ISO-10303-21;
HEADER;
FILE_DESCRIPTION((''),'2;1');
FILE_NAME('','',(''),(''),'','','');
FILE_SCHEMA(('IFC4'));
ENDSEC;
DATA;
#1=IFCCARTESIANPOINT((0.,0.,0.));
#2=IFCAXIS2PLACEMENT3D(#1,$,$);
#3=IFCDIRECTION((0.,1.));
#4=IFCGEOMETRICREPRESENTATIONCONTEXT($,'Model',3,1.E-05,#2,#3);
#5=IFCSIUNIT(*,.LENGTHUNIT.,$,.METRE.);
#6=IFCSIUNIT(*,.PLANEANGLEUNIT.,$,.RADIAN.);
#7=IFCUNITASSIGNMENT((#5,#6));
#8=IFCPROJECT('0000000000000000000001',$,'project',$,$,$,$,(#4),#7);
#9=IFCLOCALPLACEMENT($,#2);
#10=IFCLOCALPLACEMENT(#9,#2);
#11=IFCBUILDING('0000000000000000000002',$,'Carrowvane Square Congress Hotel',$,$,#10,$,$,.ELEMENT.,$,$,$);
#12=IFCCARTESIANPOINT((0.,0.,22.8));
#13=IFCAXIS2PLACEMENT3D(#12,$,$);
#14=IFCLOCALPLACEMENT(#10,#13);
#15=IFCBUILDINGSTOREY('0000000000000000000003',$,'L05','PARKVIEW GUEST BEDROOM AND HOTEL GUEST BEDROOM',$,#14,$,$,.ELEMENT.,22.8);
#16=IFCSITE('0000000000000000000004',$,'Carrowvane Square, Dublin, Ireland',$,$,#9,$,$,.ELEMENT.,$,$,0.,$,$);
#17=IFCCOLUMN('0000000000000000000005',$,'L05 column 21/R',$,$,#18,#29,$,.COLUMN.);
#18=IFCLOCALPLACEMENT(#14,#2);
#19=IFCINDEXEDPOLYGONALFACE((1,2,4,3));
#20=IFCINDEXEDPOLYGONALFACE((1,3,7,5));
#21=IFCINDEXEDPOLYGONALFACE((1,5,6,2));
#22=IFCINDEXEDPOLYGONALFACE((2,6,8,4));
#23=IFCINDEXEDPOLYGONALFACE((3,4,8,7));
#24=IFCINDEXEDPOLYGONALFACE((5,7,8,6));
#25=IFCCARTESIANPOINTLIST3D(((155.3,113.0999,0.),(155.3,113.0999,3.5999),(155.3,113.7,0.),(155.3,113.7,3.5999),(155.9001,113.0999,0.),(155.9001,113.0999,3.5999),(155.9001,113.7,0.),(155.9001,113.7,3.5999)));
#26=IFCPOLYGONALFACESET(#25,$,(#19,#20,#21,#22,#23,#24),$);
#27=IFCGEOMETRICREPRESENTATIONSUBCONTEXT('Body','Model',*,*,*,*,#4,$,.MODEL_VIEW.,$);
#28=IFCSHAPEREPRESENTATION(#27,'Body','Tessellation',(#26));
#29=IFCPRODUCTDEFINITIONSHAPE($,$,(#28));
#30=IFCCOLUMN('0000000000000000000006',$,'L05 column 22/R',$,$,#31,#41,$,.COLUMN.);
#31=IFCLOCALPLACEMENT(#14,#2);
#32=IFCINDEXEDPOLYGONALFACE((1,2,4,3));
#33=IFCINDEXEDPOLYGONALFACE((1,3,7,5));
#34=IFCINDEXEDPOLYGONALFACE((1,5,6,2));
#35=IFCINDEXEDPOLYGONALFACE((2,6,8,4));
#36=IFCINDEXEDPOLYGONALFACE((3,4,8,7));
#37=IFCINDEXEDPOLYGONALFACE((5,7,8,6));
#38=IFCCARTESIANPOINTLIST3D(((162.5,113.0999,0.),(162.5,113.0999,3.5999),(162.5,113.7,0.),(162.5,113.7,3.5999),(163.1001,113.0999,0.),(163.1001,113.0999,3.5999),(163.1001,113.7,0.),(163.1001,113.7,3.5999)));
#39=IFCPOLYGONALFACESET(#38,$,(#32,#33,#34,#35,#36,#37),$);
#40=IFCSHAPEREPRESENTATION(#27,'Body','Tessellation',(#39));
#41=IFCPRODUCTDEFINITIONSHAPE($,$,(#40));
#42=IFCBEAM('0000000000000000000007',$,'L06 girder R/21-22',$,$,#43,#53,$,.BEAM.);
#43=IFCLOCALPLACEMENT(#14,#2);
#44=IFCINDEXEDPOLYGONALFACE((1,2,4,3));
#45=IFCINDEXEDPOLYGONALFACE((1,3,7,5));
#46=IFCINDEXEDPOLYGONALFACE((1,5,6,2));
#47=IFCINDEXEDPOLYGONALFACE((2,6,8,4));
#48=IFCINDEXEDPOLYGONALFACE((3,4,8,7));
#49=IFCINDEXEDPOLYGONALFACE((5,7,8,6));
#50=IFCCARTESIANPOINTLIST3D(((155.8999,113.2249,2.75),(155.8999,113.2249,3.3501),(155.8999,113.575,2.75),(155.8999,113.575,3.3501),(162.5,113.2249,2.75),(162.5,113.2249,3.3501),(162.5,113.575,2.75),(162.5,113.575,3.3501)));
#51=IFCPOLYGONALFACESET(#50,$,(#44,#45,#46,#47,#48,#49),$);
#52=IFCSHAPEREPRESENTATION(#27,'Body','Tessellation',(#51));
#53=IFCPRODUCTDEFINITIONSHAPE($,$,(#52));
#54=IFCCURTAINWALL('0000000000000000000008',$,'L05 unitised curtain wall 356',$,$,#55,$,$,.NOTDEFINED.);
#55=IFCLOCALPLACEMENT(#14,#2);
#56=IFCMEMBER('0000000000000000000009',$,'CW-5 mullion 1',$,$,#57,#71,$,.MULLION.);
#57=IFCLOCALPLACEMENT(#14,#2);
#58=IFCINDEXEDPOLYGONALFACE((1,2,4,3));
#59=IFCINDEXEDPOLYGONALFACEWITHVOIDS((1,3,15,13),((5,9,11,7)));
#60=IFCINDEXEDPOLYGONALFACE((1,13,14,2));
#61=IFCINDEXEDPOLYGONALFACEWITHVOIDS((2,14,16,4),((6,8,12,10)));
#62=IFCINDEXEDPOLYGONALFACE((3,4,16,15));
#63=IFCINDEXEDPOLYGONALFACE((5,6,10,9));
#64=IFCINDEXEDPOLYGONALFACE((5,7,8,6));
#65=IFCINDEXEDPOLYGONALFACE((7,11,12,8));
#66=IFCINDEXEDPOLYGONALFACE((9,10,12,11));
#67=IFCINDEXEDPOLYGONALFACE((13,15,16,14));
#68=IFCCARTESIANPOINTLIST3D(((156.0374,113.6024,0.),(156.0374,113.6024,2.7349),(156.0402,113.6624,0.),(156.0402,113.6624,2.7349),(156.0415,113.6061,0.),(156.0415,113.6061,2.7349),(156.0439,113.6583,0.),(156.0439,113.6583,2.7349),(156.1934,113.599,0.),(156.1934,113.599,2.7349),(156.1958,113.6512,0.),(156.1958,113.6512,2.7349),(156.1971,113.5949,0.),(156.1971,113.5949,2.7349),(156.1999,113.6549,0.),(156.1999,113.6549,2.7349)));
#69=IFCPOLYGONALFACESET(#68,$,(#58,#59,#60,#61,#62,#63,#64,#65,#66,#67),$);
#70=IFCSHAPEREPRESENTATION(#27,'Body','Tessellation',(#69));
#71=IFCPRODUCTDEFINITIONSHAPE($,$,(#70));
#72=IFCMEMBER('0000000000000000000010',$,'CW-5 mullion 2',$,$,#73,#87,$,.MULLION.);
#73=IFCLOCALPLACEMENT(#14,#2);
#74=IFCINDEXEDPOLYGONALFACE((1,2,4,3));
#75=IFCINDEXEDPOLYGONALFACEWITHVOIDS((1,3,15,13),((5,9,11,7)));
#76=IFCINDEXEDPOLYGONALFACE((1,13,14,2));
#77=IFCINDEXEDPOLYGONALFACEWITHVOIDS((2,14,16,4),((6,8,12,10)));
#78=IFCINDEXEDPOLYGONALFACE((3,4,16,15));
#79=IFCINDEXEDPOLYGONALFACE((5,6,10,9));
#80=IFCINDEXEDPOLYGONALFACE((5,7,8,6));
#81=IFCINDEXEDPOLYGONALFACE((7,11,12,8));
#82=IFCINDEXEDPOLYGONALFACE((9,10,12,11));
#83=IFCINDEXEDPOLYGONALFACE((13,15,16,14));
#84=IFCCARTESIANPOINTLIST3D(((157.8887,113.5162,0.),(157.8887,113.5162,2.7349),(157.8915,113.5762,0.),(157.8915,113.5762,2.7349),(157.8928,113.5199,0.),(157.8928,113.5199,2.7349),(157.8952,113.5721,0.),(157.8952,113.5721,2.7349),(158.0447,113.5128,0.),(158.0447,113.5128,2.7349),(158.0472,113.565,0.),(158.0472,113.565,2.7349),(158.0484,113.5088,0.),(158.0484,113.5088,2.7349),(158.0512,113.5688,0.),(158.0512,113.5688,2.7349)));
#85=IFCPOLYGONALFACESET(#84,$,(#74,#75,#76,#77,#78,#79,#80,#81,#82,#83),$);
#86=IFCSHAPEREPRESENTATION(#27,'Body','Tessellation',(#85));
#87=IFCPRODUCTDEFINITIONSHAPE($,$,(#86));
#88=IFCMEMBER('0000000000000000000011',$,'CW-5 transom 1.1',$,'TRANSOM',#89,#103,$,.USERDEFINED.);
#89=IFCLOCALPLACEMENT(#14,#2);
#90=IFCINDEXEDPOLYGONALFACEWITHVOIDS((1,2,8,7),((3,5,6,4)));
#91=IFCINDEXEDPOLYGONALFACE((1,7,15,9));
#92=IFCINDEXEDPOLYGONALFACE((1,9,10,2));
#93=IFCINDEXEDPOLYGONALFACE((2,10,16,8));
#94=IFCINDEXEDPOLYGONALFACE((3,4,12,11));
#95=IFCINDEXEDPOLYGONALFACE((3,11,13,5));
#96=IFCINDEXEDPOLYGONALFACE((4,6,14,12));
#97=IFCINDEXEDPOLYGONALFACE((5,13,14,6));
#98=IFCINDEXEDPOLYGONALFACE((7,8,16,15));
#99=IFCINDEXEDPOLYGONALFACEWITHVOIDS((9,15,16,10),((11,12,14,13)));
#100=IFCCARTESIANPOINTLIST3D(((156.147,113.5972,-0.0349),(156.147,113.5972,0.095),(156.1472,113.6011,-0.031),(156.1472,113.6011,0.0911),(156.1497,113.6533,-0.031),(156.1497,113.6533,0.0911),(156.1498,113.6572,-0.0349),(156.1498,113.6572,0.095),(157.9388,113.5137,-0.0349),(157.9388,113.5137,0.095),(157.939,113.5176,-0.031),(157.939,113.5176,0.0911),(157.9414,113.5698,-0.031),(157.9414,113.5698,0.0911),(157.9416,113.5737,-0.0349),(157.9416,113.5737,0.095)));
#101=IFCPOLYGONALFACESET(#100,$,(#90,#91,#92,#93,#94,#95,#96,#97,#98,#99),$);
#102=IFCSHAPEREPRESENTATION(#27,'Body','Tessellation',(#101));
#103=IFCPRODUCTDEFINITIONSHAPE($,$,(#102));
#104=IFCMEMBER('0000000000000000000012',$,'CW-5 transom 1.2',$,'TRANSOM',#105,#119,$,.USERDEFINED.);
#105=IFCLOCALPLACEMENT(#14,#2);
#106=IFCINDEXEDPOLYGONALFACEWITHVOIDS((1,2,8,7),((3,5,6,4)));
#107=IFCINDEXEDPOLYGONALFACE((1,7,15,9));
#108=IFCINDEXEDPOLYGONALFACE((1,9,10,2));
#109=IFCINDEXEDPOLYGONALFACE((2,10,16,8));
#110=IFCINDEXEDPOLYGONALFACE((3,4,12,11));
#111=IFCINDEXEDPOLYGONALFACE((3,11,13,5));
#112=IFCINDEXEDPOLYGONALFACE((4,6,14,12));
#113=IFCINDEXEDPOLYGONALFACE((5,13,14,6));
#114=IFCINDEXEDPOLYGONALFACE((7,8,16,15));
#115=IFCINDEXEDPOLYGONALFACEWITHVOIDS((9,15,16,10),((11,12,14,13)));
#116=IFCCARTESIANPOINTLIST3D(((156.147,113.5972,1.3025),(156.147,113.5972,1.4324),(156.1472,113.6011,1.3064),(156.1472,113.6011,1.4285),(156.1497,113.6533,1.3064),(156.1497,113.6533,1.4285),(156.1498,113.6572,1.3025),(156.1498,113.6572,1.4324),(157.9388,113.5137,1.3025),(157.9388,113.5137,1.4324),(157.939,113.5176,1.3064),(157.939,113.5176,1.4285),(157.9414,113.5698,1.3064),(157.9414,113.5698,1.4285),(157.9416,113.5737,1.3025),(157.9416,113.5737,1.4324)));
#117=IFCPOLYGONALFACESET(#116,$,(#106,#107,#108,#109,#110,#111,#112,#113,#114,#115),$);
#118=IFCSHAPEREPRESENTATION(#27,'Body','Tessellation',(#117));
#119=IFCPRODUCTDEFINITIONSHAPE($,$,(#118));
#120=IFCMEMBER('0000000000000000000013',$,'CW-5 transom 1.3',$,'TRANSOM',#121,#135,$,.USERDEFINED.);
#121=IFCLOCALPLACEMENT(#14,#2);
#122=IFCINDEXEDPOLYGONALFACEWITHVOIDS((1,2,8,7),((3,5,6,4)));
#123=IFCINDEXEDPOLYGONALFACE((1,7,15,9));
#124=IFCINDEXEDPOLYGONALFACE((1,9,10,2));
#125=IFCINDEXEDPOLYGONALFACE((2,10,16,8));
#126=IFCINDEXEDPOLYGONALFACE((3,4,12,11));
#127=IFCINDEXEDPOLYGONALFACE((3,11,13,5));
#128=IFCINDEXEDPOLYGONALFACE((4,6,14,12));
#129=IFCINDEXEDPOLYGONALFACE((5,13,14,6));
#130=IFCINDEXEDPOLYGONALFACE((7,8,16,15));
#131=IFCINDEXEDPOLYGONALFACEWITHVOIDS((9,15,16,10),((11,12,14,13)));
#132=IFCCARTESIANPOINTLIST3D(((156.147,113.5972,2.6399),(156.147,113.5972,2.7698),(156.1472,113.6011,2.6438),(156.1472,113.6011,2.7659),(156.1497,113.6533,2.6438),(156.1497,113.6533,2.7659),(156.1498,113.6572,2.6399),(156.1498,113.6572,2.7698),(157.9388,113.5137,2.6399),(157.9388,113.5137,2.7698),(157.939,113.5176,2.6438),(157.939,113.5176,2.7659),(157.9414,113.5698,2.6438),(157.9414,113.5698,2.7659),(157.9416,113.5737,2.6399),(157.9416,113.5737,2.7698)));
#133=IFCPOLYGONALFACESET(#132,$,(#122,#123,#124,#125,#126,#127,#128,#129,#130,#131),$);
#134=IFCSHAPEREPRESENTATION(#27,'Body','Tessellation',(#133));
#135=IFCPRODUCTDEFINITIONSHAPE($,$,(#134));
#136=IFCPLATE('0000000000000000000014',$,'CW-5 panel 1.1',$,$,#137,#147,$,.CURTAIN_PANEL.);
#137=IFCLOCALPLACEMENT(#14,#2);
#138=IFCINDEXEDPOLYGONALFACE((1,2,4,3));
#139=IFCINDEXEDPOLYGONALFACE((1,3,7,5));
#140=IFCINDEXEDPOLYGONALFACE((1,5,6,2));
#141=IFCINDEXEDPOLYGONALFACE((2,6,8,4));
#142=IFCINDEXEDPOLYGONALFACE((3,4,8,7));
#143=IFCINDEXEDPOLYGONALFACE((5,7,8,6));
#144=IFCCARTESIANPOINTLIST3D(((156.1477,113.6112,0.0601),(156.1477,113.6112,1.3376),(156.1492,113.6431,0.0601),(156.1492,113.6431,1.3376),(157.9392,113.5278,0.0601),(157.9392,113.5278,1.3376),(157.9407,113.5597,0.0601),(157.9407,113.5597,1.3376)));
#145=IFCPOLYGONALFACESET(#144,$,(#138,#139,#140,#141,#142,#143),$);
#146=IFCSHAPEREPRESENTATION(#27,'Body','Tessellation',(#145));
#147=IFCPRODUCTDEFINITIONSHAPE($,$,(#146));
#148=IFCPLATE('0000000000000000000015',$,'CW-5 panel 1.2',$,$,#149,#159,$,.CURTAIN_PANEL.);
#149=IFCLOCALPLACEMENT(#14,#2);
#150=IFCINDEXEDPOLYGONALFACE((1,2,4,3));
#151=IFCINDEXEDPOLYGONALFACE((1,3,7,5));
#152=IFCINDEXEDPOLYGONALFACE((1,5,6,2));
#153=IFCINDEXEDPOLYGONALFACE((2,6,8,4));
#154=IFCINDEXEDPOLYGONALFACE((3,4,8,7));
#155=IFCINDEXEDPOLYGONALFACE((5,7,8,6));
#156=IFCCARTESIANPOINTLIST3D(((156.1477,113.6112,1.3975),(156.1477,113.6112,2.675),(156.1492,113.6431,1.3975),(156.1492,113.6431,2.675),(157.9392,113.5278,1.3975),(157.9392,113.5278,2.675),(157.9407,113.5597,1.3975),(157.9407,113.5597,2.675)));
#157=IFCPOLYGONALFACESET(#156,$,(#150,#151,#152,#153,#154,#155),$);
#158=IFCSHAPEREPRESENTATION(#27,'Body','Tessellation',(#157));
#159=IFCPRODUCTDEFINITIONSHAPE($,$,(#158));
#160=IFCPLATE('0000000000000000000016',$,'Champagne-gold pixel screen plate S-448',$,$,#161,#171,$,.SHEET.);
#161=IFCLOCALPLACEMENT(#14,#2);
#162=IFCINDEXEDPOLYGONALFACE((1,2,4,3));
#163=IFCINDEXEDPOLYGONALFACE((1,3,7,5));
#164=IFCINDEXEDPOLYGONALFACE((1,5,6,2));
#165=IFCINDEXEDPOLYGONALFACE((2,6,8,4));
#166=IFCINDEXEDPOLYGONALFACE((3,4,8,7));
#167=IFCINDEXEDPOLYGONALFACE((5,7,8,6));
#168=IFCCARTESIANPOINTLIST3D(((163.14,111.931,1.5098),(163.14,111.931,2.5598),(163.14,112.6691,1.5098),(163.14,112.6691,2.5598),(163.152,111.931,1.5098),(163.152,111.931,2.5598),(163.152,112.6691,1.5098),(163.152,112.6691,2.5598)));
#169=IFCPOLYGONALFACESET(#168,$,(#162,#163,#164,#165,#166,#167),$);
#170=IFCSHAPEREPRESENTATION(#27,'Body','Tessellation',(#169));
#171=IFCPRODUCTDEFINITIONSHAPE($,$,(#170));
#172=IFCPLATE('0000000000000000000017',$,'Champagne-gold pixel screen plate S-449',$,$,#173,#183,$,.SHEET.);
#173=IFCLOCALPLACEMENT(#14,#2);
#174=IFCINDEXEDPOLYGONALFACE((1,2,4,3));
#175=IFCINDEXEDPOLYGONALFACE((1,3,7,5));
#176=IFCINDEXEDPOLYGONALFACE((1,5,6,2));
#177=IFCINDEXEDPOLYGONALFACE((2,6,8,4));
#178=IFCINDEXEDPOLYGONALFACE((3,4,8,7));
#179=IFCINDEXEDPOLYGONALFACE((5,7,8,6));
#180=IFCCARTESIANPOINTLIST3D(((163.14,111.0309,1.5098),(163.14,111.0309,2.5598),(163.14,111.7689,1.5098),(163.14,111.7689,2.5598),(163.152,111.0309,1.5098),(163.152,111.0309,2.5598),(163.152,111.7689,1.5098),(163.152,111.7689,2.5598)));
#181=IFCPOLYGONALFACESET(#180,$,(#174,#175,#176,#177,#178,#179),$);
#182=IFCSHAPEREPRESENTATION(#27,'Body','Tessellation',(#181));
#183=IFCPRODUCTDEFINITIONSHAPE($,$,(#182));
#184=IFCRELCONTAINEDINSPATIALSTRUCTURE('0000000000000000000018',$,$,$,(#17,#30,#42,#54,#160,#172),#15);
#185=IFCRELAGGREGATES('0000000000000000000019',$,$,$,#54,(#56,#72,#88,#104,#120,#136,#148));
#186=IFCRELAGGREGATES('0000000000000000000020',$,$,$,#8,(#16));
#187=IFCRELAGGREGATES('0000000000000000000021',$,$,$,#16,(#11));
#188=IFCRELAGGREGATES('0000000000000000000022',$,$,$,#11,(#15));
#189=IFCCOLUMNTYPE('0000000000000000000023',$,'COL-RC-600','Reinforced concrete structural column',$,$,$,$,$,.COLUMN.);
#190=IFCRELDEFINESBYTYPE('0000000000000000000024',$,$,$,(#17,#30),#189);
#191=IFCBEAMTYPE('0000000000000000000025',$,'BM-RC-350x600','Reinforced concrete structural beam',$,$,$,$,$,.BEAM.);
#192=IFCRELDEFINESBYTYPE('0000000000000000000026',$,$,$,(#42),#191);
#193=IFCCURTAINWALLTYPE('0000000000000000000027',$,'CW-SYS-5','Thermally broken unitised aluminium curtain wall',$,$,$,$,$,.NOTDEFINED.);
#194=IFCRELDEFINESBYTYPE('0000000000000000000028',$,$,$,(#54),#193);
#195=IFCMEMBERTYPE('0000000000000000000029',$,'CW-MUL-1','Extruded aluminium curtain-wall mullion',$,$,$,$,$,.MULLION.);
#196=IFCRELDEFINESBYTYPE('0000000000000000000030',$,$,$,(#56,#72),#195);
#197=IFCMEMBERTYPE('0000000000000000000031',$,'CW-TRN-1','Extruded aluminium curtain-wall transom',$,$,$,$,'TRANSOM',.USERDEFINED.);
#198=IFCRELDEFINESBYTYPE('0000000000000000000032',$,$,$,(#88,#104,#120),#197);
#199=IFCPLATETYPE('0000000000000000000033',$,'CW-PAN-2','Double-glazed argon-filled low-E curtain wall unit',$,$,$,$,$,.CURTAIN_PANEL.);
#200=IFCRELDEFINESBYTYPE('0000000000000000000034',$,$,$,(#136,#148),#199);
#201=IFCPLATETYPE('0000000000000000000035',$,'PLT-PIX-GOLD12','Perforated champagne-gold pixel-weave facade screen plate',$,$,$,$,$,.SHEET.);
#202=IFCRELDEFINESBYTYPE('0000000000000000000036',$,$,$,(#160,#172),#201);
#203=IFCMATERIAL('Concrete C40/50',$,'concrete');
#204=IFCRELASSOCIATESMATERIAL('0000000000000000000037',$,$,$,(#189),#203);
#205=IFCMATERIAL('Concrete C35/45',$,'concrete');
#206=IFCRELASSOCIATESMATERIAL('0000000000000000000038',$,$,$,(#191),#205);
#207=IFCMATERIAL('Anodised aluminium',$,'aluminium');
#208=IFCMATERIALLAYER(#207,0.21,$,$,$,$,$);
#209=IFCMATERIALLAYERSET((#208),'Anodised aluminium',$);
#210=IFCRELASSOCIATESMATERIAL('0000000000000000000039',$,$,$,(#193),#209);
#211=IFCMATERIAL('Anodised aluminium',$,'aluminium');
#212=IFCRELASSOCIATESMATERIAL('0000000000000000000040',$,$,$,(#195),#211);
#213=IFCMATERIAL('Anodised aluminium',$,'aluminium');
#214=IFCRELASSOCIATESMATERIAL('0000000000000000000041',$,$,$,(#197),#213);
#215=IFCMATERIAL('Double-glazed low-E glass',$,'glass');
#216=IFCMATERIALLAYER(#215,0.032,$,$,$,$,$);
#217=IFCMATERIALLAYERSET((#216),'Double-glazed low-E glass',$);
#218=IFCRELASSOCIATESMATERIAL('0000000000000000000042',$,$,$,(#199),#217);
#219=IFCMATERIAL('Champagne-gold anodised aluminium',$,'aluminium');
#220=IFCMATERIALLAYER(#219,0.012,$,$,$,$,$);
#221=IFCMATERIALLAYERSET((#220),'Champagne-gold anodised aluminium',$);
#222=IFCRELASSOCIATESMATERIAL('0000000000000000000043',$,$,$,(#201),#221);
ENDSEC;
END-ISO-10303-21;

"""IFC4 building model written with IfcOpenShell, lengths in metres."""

from ifc_helpers import new_model, si_unit, direction, frame, origin, origin_2d, place, context, subcontext, project, spatial, rectangle, hollow_rectangle, extrude, material, layer, layer_set, material_profile, profile_set, type_object, element, aggregate, save


model = new_model("IFC4")

# Units and contexts
model_context = context("Model", 3, precision=1e-05, world=origin(), true_north=direction((0.0, 1.0)))
body_context = subcontext(model_context, "Body", "Model", "MODEL_VIEW")
ifc_project = project(units=[si_unit("LENGTHUNIT", "METRE"), si_unit("PLANEANGLEUNIT", "RADIAN")], contexts=[model_context])

# Site, building, storey
site_placement = place(None, origin())
site = spatial("IfcSite", under=ifc_project, at=site_placement, Name="Carrowvane Square, Dublin, Ireland", CompositionType="ELEMENT", RefElevation=0.0)
building_placement = place(site_placement, origin())
building = spatial("IfcBuilding", under=site, at=building_placement, Name="Carrowvane Square Congress Hotel", CompositionType="ELEMENT")
storey_placement = place(building_placement, frame((0.0, 0.0, 22.8)))
storey = spatial("IfcBuildingStorey", under=building, at=storey_placement, Name="L05", Description="PARKVIEW GUEST BEDROOM AND HOTEL GUEST BEDROOM", CompositionType="ELEMENT", Elevation=22.8)

# Columns
ifc_material_1 = material(Name="Concrete C40/50", Category="concrete")
ifc_material_profile_1 = material_profile(ifc_material_1, rectangle(XDim=0.6001, YDim=0.6001, at=origin_2d()), Name="RC 600x600")
ifc_profile_set_1 = profile_set([ifc_material_profile_1], Name="Concrete C40/50")
column_type = type_object("IfcColumnType", Name="COL-RC-600", Description="Reinforced concrete structural column", PredefinedType="COLUMN", material=ifc_profile_set_1)
for number, where, z_axis, x_axis, name in (
    (1, (155.6001, 113.3999, 0.0), (0.0, 0.0, 1.0), (1.0, 0.0, 0.0), "L05 column 21/R"),
    (2, (162.8, 113.3999, 0.0), (0.0, 0.0, 1.0), (1.0, 0.0, 0.0), "L05 column 22/R"),
):
    element("IfcColumn", number, at=place(storey_placement, frame(where, z_axis=z_axis, x_axis=x_axis)), inside=storey, type_object=column_type, Name=name, PredefinedType="COLUMN", context=body_context, shape_type="SweptSolid", body=[
        extrude(rectangle(XDim=0.6001, YDim=0.6001, at=origin_2d()), origin(), (0.0, 0.0, 1.0), 3.5999),
    ])

# Beam
ifc_material_2 = material(Name="Concrete C35/45", Category="concrete")
ifc_material_profile_2 = material_profile(ifc_material_2, rectangle(XDim=0.3501, YDim=0.6001, at=origin_2d()), Name="RC 350x600")
ifc_profile_set_2 = profile_set([ifc_material_profile_2], Name="Concrete C35/45")
beam_type = type_object("IfcBeamType", Name="BM-RC-350x600", Description="Reinforced concrete structural beam", PredefinedType="BEAM", material=ifc_profile_set_2)
beam_placement = place(storey_placement, frame((155.8999, 113.3999, 3.05), z_axis=(1.0, 0.0, 0.0), x_axis=(0.0, 1.0, 0.0)))
element("IfcBeam", 3, at=beam_placement, inside=storey, type_object=beam_type, Name="L06 girder R/21-22", PredefinedType="BEAM", context=body_context, shape_type="SweptSolid", body=[
    extrude(rectangle(XDim=0.3501, YDim=0.6001, at=origin_2d()), origin(), (0.0, 0.0, 1.0), 6.6001),
])

# Curtain wall, members, plates
ifc_material_3 = material(Name="Anodised aluminium", Category="aluminium")
ifc_layer_1 = layer(ifc_material_3, 0.21)
ifc_layer_set_1 = layer_set([ifc_layer_1], Name="Anodised aluminium")
curtain_wall_type = type_object("IfcCurtainWallType", Name="CW-SYS-5", Description="Thermally broken unitised aluminium curtain wall", PredefinedType="NOTDEFINED", material=ifc_layer_set_1)
curtain_wall_placement = place(storey_placement, origin())
curtain_wall = element("IfcCurtainWall", 4, at=curtain_wall_placement, inside=storey, type_object=curtain_wall_type, Name="L05 unitised curtain wall 356", PredefinedType="NOTDEFINED")
ifc_material_4 = material(Name="Anodised aluminium", Category="aluminium")
ifc_material_profile_3 = material_profile(ifc_material_4, hollow_rectangle(XDim=0.0601, YDim=0.1599, WallThickness=0.0039, at=origin_2d()), Name="CW-ML 60x160x4")
ifc_profile_set_3 = profile_set([ifc_material_profile_3], Name="Anodised aluminium")
member_type_1 = type_object("IfcMemberType", Name="CW-MUL-1", Description="Extruded aluminium curtain-wall mullion", PredefinedType="MULLION", material=ifc_profile_set_3)
member_1_placement = place(storey_placement, frame((156.1187, 113.6287, 0.0), z_axis=(0.0, 0.0, 1.0), x_axis=(0.046522, 0.998917, 0.0)))
member_1 = element("IfcMember", 5, at=member_1_placement, type_object=member_type_1, Name="CW-5 mullion 1", PredefinedType="MULLION", context=body_context, shape_type="SweptSolid", body=[
    extrude(hollow_rectangle(XDim=0.0601, YDim=0.1599, WallThickness=0.0039, at=origin_2d()), origin(), (0.0, 0.0, 1.0), 2.7349),
])
member_2_placement = place(storey_placement, frame((157.97, 113.5425, 0.0), z_axis=(0.0, 0.0, 1.0), x_axis=(0.046522, 0.998917, 0.0)))
member_2 = element("IfcMember", 6, at=member_2_placement, type_object=member_type_1, Name="CW-5 mullion 2", PredefinedType="MULLION", context=body_context, shape_type="SweptSolid", body=[
    extrude(hollow_rectangle(XDim=0.0601, YDim=0.1599, WallThickness=0.0039, at=origin_2d()), origin(), (0.0, 0.0, 1.0), 2.7349),
])
ifc_material_5 = material(Name="Anodised aluminium", Category="aluminium")
ifc_material_profile_4 = material_profile(ifc_material_5, hollow_rectangle(XDim=0.0601, YDim=0.1299, WallThickness=0.0039, at=origin_2d()), Name="CW-TR 60x130x4")
ifc_profile_set_4 = profile_set([ifc_material_profile_4], Name="Anodised aluminium")
member_type_2 = type_object("IfcMemberType", Name="CW-TRN-1", Description="Extruded aluminium curtain-wall transom", ElementType="TRANSOM", PredefinedType="USERDEFINED", material=ifc_profile_set_4)
member_3_placement = place(storey_placement, frame((156.1484, 113.6272, 0.03), z_axis=(0.998916, -0.04655, 0.0), x_axis=(0.04655, 0.998916, 0.0)))
member_3 = element("IfcMember", 7, at=member_3_placement, type_object=member_type_2, Name="CW-5 transom 1.1", ObjectType="TRANSOM", PredefinedType="USERDEFINED", context=body_context, shape_type="SweptSolid", body=[
    extrude(hollow_rectangle(XDim=0.0601, YDim=0.1299, WallThickness=0.0039, at=origin_2d()), origin(), (0.0, 0.0, 1.0), 1.7937),
])
member_4_placement = place(storey_placement, frame((156.1484, 113.6272, 1.3674), z_axis=(0.998916, -0.04655, 0.0), x_axis=(0.04655, 0.998916, 0.0)))
member_4 = element("IfcMember", 8, at=member_4_placement, type_object=member_type_2, Name="CW-5 transom 1.2", ObjectType="TRANSOM", PredefinedType="USERDEFINED", context=body_context, shape_type="SweptSolid", body=[
    extrude(hollow_rectangle(XDim=0.0601, YDim=0.1299, WallThickness=0.0039, at=origin_2d()), origin(), (0.0, 0.0, 1.0), 1.7937),
])
member_5_placement = place(storey_placement, frame((156.1484, 113.6272, 2.7048), z_axis=(0.998916, -0.04655, 0.0), x_axis=(0.04655, 0.998916, 0.0)))
member_5 = element("IfcMember", 9, at=member_5_placement, type_object=member_type_2, Name="CW-5 transom 1.3", ObjectType="TRANSOM", PredefinedType="USERDEFINED", context=body_context, shape_type="SweptSolid", body=[
    extrude(hollow_rectangle(XDim=0.0601, YDim=0.1299, WallThickness=0.0039, at=origin_2d()), origin(), (0.0, 0.0, 1.0), 1.7937),
])
ifc_material_6 = material(Name="Double-glazed low-E glass", Category="glass")
ifc_layer_2 = layer(ifc_material_6, 0.032)
ifc_layer_set_2 = layer_set([ifc_layer_2], Name="Double-glazed low-E glass")
plate_type_1 = type_object("IfcPlateType", Name="CW-PAN-2", Description="Double-glazed argon-filled low-E curtain wall unit", PredefinedType="CURTAIN_PANEL", material=ifc_layer_set_2)
plate_1_placement = place(storey_placement, frame((157.0442, 113.5854, 0.0601), z_axis=(0.0, 0.0, 1.0), x_axis=(0.998917, -0.046522, 0.0)))
plate_1 = element("IfcPlate", 10, at=plate_1_placement, type_object=plate_type_1, Name="CW-5 panel 1.1", PredefinedType="CURTAIN_PANEL", context=body_context, shape_type="SweptSolid", body=[
    extrude(rectangle(XDim=1.7935, YDim=0.032, at=origin_2d()), origin(), (0.0, 0.0, 1.0), 1.2776),
])
plate_2_placement = place(storey_placement, frame((157.0442, 113.5854, 1.3975), z_axis=(0.0, 0.0, 1.0), x_axis=(0.998917, -0.046522, 0.0)))
plate_2 = element("IfcPlate", 11, at=plate_2_placement, type_object=plate_type_1, Name="CW-5 panel 1.2", PredefinedType="CURTAIN_PANEL", context=body_context, shape_type="SweptSolid", body=[
    extrude(rectangle(XDim=1.7935, YDim=0.032, at=origin_2d()), origin(), (0.0, 0.0, 1.0), 1.2776),
])
aggregate(curtain_wall, [member_1, member_2, member_3, member_4, member_5, plate_1, plate_2])

# Plates
ifc_material_7 = material(Name="Champagne-gold anodised aluminium", Category="aluminium")
ifc_layer_3 = layer(ifc_material_7, 0.012)
ifc_layer_set_3 = layer_set([ifc_layer_3], Name="Champagne-gold anodised aluminium")
plate_type_2 = type_object("IfcPlateType", Name="PLT-PIX-GOLD12", Description="Perforated champagne-gold pixel-weave facade screen plate", PredefinedType="SHEET", material=ifc_layer_set_3)
for number, where, z_axis, x_axis, name in (
    (12, (163.146, 112.3, 1.5098), (0.0, 0.0, 1.0), (0.0, -1.0, 0.0), "Champagne-gold pixel screen plate S-448"),
    (13, (163.146, 111.3999, 1.5098), (0.0, 0.0, 1.0), (0.0, -1.0, 0.0), "Champagne-gold pixel screen plate S-449"),
):
    element("IfcPlate", number, at=place(storey_placement, frame(where, z_axis=z_axis, x_axis=x_axis)), inside=storey, type_object=plate_type_2, Name=name, PredefinedType="SHEET", context=body_context, shape_type="SweptSolid", body=[
        extrude(rectangle(XDim=0.738, YDim=0.012, at=origin_2d()), origin(), (0.0, 0.0, 1.0), 1.05),
    ])

save(model, "model.ifc")
